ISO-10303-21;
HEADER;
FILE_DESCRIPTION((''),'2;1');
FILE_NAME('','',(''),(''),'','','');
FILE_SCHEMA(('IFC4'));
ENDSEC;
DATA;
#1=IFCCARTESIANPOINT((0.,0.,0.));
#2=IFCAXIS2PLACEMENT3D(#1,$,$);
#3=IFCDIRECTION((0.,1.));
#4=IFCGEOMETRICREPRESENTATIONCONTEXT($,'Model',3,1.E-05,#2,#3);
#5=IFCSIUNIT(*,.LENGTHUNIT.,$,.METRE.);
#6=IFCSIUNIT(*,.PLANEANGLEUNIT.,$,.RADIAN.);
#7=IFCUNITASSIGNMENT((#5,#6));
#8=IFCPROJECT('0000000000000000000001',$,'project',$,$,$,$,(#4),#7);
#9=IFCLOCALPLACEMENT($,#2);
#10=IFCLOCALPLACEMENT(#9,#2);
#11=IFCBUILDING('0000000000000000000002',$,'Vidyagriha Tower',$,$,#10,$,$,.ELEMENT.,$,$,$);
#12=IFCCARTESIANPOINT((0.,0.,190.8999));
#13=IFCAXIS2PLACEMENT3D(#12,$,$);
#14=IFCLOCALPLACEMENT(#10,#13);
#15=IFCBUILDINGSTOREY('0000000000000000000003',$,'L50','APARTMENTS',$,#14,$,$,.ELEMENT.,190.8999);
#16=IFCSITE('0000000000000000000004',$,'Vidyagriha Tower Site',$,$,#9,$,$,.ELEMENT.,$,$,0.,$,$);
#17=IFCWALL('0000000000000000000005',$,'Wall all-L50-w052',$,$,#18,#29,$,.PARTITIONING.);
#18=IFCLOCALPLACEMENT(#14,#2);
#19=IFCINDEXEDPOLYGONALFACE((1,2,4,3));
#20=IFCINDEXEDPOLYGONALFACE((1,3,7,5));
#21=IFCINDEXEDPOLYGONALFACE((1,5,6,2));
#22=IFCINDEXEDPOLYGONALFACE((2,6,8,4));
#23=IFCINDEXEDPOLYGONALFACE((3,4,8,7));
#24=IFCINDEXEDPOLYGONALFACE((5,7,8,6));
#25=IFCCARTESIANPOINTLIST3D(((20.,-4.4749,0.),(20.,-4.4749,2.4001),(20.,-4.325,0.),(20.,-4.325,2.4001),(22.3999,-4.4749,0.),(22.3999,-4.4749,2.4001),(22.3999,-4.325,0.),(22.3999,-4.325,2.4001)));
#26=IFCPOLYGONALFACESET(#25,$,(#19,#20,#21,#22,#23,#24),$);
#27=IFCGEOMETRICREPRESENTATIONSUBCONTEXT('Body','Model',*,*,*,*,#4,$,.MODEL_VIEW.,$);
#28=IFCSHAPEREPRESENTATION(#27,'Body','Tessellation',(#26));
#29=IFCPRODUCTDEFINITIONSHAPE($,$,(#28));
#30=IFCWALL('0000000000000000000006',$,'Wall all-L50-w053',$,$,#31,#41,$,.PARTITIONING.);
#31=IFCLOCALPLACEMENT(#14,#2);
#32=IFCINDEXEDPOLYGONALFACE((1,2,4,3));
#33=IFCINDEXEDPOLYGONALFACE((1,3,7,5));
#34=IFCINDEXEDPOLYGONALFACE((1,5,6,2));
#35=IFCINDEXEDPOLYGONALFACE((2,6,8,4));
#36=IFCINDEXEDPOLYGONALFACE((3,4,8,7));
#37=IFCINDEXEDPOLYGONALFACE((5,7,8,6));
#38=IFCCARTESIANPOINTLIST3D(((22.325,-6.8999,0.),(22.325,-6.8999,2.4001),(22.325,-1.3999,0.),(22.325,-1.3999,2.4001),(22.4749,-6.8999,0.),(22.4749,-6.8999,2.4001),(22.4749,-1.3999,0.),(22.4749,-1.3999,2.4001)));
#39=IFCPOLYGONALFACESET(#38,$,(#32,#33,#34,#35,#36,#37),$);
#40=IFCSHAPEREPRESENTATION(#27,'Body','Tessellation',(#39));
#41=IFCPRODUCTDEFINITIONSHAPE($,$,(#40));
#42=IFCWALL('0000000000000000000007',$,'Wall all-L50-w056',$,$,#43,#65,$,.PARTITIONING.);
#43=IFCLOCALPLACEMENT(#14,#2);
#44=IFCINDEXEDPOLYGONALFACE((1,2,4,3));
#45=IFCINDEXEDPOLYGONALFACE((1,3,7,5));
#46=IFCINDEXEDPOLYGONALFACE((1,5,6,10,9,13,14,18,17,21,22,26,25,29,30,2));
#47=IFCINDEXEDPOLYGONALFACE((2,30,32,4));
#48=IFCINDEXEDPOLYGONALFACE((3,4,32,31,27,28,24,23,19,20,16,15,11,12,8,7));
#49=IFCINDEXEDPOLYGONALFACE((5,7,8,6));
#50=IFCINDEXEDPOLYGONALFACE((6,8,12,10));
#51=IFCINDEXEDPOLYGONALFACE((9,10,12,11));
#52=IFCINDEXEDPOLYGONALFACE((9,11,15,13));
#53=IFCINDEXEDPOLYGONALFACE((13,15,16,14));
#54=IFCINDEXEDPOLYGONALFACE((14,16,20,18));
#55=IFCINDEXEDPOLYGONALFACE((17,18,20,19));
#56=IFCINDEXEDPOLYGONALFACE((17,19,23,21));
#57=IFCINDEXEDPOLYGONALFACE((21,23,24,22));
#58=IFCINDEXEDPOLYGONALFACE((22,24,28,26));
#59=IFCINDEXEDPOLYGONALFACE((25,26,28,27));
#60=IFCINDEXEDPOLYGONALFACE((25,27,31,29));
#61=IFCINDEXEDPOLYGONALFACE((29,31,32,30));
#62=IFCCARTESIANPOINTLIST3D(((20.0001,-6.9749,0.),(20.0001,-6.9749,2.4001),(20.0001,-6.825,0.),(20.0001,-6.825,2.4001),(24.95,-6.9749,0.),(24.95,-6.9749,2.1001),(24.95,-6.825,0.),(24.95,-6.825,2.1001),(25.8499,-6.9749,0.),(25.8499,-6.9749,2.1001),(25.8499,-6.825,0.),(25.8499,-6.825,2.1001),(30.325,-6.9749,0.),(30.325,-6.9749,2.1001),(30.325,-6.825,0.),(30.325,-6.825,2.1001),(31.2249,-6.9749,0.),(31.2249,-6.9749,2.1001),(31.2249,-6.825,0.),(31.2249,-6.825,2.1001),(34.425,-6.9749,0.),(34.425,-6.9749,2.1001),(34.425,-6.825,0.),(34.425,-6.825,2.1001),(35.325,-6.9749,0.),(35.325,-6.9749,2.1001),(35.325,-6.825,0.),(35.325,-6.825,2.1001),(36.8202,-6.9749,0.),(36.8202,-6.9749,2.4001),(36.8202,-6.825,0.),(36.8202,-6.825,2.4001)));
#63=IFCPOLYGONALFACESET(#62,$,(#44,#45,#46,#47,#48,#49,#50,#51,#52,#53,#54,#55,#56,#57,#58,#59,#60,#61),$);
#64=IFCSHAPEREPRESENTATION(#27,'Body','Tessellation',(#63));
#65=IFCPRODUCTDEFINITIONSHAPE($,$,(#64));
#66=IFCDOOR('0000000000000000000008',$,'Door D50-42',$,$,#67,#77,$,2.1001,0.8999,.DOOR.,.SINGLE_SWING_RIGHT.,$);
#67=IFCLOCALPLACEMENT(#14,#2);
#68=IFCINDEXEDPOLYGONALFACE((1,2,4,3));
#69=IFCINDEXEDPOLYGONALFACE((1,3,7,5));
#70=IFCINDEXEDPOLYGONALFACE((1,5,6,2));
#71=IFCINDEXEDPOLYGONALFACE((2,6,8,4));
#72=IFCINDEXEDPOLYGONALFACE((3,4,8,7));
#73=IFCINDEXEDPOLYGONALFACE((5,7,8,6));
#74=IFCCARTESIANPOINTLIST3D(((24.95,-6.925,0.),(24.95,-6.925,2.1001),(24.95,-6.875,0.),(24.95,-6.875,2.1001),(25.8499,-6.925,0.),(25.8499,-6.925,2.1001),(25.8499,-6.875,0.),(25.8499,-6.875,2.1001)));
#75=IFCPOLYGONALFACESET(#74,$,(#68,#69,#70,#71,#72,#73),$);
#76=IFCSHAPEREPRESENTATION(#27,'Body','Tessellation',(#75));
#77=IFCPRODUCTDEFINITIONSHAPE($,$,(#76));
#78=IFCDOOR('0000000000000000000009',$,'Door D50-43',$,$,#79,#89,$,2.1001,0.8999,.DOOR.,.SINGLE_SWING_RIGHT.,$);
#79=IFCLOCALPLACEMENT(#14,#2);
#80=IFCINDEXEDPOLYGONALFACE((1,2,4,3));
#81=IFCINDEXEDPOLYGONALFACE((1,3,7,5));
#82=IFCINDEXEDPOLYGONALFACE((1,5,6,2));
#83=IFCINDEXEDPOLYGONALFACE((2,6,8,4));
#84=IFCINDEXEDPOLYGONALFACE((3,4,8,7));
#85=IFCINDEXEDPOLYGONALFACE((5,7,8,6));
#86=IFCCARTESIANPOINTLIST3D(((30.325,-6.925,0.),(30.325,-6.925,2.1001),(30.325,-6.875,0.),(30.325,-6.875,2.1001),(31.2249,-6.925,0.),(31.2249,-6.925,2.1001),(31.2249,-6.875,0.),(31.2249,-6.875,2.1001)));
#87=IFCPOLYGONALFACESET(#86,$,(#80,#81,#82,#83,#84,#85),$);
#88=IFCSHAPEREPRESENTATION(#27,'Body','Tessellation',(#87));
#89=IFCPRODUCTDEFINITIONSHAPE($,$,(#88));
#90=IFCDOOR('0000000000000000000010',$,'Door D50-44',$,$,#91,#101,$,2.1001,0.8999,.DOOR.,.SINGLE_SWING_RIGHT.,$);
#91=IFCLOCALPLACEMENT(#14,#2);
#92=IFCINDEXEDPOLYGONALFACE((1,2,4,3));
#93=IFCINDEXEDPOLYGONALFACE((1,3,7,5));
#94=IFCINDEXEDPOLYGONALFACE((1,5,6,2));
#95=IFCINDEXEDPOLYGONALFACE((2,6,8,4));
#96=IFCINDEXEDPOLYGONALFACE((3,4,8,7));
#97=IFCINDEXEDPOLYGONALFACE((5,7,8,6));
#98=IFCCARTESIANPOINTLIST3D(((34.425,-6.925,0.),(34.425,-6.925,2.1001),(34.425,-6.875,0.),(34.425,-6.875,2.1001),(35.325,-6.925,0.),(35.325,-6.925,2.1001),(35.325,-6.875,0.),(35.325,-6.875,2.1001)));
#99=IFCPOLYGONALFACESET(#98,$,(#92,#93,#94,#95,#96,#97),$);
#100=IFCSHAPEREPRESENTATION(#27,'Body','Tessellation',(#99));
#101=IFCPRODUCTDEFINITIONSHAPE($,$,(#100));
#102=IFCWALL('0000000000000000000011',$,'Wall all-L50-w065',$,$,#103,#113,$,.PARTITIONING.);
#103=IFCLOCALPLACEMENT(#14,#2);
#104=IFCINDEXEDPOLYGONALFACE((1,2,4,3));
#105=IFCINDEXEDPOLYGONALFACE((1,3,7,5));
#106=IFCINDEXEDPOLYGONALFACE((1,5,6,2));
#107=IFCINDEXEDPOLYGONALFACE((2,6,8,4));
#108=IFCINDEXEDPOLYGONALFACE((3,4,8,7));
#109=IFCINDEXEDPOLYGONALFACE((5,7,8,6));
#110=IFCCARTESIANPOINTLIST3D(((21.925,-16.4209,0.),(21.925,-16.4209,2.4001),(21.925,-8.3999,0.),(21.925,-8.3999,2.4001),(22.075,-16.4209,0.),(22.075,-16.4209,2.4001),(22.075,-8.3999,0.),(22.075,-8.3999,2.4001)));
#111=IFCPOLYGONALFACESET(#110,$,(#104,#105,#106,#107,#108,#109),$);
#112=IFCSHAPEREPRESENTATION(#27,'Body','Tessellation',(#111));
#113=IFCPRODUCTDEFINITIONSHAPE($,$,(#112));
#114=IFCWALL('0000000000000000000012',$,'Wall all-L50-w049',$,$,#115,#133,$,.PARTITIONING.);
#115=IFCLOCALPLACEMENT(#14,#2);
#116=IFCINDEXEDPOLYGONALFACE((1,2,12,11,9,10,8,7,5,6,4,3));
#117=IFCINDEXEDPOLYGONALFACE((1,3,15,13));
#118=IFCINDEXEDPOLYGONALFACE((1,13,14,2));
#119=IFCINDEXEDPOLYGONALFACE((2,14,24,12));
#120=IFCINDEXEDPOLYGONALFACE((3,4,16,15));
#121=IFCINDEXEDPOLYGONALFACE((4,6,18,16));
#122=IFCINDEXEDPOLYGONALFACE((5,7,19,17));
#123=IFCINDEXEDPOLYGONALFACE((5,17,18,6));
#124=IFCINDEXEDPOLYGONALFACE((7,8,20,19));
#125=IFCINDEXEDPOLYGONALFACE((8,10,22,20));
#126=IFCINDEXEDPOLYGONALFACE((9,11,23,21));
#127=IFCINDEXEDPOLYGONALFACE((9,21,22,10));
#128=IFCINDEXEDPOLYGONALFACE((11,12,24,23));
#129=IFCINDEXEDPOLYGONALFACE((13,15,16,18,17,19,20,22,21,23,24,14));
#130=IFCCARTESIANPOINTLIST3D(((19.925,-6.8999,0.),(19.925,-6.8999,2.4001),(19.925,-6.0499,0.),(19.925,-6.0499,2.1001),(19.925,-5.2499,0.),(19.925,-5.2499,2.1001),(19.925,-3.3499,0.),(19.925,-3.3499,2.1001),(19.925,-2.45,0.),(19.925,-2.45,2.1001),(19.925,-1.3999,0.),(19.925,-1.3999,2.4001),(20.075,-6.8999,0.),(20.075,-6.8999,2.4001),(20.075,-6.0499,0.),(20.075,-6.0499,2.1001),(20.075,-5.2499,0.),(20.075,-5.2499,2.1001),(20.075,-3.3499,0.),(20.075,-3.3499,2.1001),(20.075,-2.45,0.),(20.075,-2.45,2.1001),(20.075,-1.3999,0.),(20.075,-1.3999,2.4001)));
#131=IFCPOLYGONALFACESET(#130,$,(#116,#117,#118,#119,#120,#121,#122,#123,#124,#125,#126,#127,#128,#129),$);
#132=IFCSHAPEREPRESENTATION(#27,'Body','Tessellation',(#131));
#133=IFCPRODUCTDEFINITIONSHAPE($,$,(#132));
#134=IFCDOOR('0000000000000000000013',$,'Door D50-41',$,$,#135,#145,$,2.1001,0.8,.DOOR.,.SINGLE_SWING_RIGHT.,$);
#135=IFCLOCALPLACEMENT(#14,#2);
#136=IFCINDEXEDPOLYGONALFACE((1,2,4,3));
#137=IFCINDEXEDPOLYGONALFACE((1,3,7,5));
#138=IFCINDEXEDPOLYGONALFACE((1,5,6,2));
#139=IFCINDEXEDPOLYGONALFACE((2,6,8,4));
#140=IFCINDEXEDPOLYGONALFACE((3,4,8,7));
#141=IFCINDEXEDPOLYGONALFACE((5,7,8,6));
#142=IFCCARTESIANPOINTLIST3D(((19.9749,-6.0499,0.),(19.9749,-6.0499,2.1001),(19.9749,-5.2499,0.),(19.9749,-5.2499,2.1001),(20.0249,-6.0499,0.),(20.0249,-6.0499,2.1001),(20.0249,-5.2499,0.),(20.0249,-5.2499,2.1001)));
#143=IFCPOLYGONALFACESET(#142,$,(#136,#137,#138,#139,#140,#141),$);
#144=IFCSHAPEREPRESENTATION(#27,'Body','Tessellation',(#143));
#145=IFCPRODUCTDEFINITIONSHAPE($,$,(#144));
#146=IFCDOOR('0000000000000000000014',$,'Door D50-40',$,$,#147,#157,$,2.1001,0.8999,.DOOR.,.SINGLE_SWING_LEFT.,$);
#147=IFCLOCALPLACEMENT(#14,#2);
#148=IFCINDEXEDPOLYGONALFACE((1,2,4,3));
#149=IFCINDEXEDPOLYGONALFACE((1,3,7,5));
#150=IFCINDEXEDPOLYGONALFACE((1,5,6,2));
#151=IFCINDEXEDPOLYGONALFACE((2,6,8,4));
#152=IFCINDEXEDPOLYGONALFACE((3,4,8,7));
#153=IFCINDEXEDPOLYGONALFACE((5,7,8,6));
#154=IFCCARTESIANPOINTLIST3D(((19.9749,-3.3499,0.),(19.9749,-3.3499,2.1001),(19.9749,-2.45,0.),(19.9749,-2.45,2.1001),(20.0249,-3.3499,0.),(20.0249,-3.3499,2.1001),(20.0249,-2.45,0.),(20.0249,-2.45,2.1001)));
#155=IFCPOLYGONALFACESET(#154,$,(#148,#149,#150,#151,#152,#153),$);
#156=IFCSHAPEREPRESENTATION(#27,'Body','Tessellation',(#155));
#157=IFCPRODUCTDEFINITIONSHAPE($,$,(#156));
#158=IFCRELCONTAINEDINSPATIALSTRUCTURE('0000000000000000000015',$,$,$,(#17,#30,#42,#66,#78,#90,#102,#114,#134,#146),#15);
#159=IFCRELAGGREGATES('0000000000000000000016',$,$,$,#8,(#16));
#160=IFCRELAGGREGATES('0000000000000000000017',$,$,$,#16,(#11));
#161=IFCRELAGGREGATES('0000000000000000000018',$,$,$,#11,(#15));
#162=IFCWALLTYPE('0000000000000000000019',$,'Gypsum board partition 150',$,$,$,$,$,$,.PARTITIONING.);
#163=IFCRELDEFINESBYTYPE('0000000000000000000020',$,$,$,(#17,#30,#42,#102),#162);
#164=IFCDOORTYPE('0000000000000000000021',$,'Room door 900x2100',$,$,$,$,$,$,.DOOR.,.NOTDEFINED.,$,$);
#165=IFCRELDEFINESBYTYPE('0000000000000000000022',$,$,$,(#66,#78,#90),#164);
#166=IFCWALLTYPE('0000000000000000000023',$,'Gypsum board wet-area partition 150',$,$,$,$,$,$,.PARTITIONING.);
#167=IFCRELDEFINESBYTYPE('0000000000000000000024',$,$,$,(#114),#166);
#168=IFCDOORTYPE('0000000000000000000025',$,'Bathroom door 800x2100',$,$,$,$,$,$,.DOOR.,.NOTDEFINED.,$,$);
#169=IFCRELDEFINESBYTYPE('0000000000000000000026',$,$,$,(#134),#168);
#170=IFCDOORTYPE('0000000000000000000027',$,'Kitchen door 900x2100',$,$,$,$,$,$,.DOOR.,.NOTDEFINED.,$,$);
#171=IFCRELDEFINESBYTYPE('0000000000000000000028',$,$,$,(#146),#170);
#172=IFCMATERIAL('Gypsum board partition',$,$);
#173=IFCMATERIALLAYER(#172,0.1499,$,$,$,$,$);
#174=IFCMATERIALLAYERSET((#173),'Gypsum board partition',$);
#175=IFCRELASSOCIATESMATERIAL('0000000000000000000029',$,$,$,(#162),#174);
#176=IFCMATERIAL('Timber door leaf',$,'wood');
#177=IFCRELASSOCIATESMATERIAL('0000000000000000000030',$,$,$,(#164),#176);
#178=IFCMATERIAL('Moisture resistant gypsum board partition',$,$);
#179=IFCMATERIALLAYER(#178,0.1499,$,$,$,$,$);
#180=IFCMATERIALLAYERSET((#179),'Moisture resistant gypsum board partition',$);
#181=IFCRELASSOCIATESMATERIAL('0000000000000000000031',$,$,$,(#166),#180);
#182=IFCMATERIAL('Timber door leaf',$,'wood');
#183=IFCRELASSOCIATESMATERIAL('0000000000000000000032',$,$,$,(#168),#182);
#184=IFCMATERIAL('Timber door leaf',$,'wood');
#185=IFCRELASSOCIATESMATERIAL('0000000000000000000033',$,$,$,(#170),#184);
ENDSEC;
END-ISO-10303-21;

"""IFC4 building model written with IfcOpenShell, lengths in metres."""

from ifc_helpers import new_model, si_unit, direction, frame, frame_2d, origin, place, context, subcontext, project, spatial, rectangle, extrude, material, layer, layer_set, type_object, element, fill, save


model = new_model("IFC4")

# Units and contexts
model_context = context("Model", 3, precision=1e-05, world=origin(), true_north=direction((0.0, 1.0)))
body_context = subcontext(model_context, "Body", "Model", "MODEL_VIEW")
ifc_project = project(units=[si_unit("LENGTHUNIT", "METRE"), si_unit("PLANEANGLEUNIT", "RADIAN")], contexts=[model_context])

# Site, building, storey
site_placement = place(None, origin())
site = spatial("IfcSite", under=ifc_project, at=site_placement, Name="Vidyagriha Tower Site", CompositionType="ELEMENT", RefElevation=0.0)
building_placement = place(site_placement, origin())
building = spatial("IfcBuilding", under=site, at=building_placement, Name="Vidyagriha Tower", CompositionType="ELEMENT")
storey_placement = place(building_placement, frame((0.0, 0.0, 190.8999)))
storey = spatial("IfcBuildingStorey", under=building, at=storey_placement, Name="L50", Description="APARTMENTS", CompositionType="ELEMENT", Elevation=190.8999)

# Shared definitions
ifc_material_1 = material(Name="Gypsum board partition")
ifc_layer_1 = layer(ifc_material_1, 0.1499)
ifc_layer_set_1 = layer_set([ifc_layer_1], Name="Gypsum board partition")
wall_type_1 = type_object("IfcWallType", Name="Gypsum board partition 150", PredefinedType="PARTITIONING", material=ifc_layer_set_1)

# Walls
wall_1_placement = place(storey_placement, frame((22.3999, -4.3999, 0.0), z_axis=(0.0, 0.0, 1.0), x_axis=(-1.0, 0.0, 0.0)))
element("IfcWall", 1, at=wall_1_placement, inside=storey, type_object=wall_type_1, Name="Wall all-L50-w052", PredefinedType="PARTITIONING", context=body_context, shape_type="SweptSolid", body=[
    extrude(rectangle(XDim=2.3999, YDim=0.1499, at=frame_2d((1.2, 0.0))), origin(), (0.0, 0.0, 1.0), 2.4001),
])
wall_2_placement = place(storey_placement, frame((22.3999, -1.3999, 0.0), z_axis=(0.0, 0.0, 1.0), x_axis=(0.0, -1.0, 0.0)))
element("IfcWall", 2, at=wall_2_placement, inside=storey, type_object=wall_type_1, Name="Wall all-L50-w053", PredefinedType="PARTITIONING", context=body_context, shape_type="SweptSolid", body=[
    extrude(rectangle(XDim=5.5, YDim=0.1499, at=frame_2d((2.75, 0.0))), origin(), (0.0, 0.0, 1.0), 2.4001),
])

# Wall, openings, doors
wall_3_placement = place(storey_placement, frame((20.0, -6.8999, 0.0)))
wall_3 = element("IfcWall", 3, at=wall_3_placement, inside=storey, type_object=wall_type_1, Name="Wall all-L50-w056", PredefinedType="PARTITIONING", context=body_context, shape_type="SweptSolid", body=[
    extrude(rectangle(XDim=16.8201, YDim=0.1499, at=frame_2d((8.4102, 0.0))), origin(), (0.0, 0.0, 1.0), 2.4001),
])
opening_1_placement = place(wall_3_placement, frame((4.95, 0.0, 0.0)))
opening_1 = element("IfcOpeningElement", 4, at=opening_1_placement, cuts=wall_3, PredefinedType="OPENING", context=body_context, shape_type="SweptSolid", body=[
    extrude(rectangle(XDim=0.8999, YDim=2.1001, at=frame_2d((0.45, 1.05))), frame((0.0, 0.085, 0.0), z_axis=(0.0, -1.0, 0.0), x_axis=(1.0, 0.0, 0.0)), (0.0, 0.0, 1.0), 0.1699),
])
opening_2_placement = place(wall_3_placement, frame((10.325, 0.0, 0.0)))
opening_2 = element("IfcOpeningElement", 5, at=opening_2_placement, cuts=wall_3, PredefinedType="OPENING", context=body_context, shape_type="SweptSolid", body=[
    extrude(rectangle(XDim=0.8999, YDim=2.1001, at=frame_2d((0.45, 1.05))), frame((0.0, 0.085, 0.0), z_axis=(0.0, -1.0, 0.0), x_axis=(1.0, 0.0, 0.0)), (0.0, 0.0, 1.0), 0.1699),
])
opening_3_placement = place(wall_3_placement, frame((14.425, 0.0, 0.0)))
opening_3 = element("IfcOpeningElement", 6, at=opening_3_placement, cuts=wall_3, PredefinedType="OPENING", context=body_context, shape_type="SweptSolid", body=[
    extrude(rectangle(XDim=0.8999, YDim=2.1001, at=frame_2d((0.45, 1.05))), frame((0.0, 0.085, 0.0), z_axis=(0.0, -1.0, 0.0), x_axis=(1.0, 0.0, 0.0)), (0.0, 0.0, 1.0), 0.1699),
])
ifc_material_2 = material(Name="Timber door leaf", Category="wood")
door_type_1 = type_object("IfcDoorType", Name="Room door 900x2100", OperationType="NOTDEFINED", PredefinedType="DOOR", material=ifc_material_2)
door_1_placement = place(opening_1_placement, origin())
door_1 = element("IfcDoor", 7, at=door_1_placement, inside=storey, type_object=door_type_1, Name="Door D50-42", OperationType="SINGLE_SWING_RIGHT", OverallHeight=2.1001, OverallWidth=0.8999, PredefinedType="DOOR", context=body_context, shape_type="SweptSolid", body=[
    extrude(rectangle(XDim=0.8999, YDim=2.1001, at=frame_2d((0.45, 1.05))), frame((0.0, 0.0249, 0.0), z_axis=(0.0, -1.0, 0.0), x_axis=(1.0, 0.0, 0.0)), (0.0, 0.0, 1.0), 0.05),
])
fill(opening_1, door_1)
door_2_placement = place(opening_2_placement, origin())
door_2 = element("IfcDoor", 8, at=door_2_placement, inside=storey, type_object=door_type_1, Name="Door D50-43", OperationType="SINGLE_SWING_RIGHT", OverallHeight=2.1001, OverallWidth=0.8999, PredefinedType="DOOR", context=body_context, shape_type="SweptSolid", body=[
    extrude(rectangle(XDim=0.8999, YDim=2.1001, at=frame_2d((0.45, 1.05))), frame((0.0, 0.0249, 0.0), z_axis=(0.0, -1.0, 0.0), x_axis=(1.0, 0.0, 0.0)), (0.0, 0.0, 1.0), 0.05),
])
fill(opening_2, door_2)
door_3_placement = place(opening_3_placement, origin())
door_3 = element("IfcDoor", 9, at=door_3_placement, inside=storey, type_object=door_type_1, Name="Door D50-44", OperationType="SINGLE_SWING_RIGHT", OverallHeight=2.1001, OverallWidth=0.8999, PredefinedType="DOOR", context=body_context, shape_type="SweptSolid", body=[
    extrude(rectangle(XDim=0.8999, YDim=2.1001, at=frame_2d((0.45, 1.05))), frame((0.0, 0.0249, 0.0), z_axis=(0.0, -1.0, 0.0), x_axis=(1.0, 0.0, 0.0)), (0.0, 0.0, 1.0), 0.05),
])
fill(opening_3, door_3)

# Wall
wall_4_placement = place(storey_placement, frame((22.0, -8.3999, 0.0), z_axis=(0.0, 0.0, 1.0), x_axis=(0.0, -1.0, 0.0)))
element("IfcWall", 10, at=wall_4_placement, inside=storey, type_object=wall_type_1, Name="Wall all-L50-w065", PredefinedType="PARTITIONING", context=body_context, shape_type="SweptSolid", body=[
    extrude(rectangle(XDim=8.021, YDim=0.1499, at=frame_2d((4.0105, 0.0))), origin(), (0.0, 0.0, 1.0), 2.4001),
])

# Wall, openings, doors
ifc_material_3 = material(Name="Moisture resistant gypsum board partition")
ifc_layer_2 = layer(ifc_material_3, 0.1499)
ifc_layer_set_2 = layer_set([ifc_layer_2], Name="Moisture resistant gypsum board partition")
wall_type_2 = type_object("IfcWallType", Name="Gypsum board wet-area partition 150", PredefinedType="PARTITIONING", material=ifc_layer_set_2)
wall_5_placement = place(storey_placement, frame((20.0, -1.3999, 0.0), z_axis=(0.0, 0.0, 1.0), x_axis=(0.0, -1.0, 0.0)))
wall_5 = element("IfcWall", 11, at=wall_5_placement, inside=storey, type_object=wall_type_2, Name="Wall all-L50-w049", PredefinedType="PARTITIONING", context=body_context, shape_type="SweptSolid", body=[
    extrude(rectangle(XDim=5.5, YDim=0.1499, at=frame_2d((2.75, 0.0))), origin(), (0.0, 0.0, 1.0), 2.4001),
])
opening_4_placement = place(wall_5_placement, frame((1.05, 0.0, 0.0)))
opening_4 = element("IfcOpeningElement", 12, at=opening_4_placement, cuts=wall_5, PredefinedType="OPENING", context=body_context, shape_type="SweptSolid", body=[
    extrude(rectangle(XDim=0.8999, YDim=2.1001, at=frame_2d((0.45, 1.05))), frame((0.0, 0.085, 0.0), z_axis=(0.0, -1.0, 0.0), x_axis=(1.0, 0.0, 0.0)), (0.0, 0.0, 1.0), 0.1699),
])
opening_5_placement = place(wall_5_placement, frame((3.8501, 0.0, 0.0)))
opening_5 = element("IfcOpeningElement", 13, at=opening_5_placement, cuts=wall_5, PredefinedType="OPENING", context=body_context, shape_type="SweptSolid", body=[
    extrude(rectangle(XDim=0.8, YDim=2.1001, at=frame_2d((0.3999, 1.05))), frame((0.0, 0.085, 0.0), z_axis=(0.0, -1.0, 0.0), x_axis=(1.0, 0.0, 0.0)), (0.0, 0.0, 1.0), 0.1699),
])
ifc_material_4 = material(Name="Timber door leaf", Category="wood")
door_type_2 = type_object("IfcDoorType", Name="Bathroom door 800x2100", OperationType="NOTDEFINED", PredefinedType="DOOR", material=ifc_material_4)
door_4_placement = place(opening_5_placement, origin())
door_4 = element("IfcDoor", 14, at=door_4_placement, inside=storey, type_object=door_type_2, Name="Door D50-41", OperationType="SINGLE_SWING_RIGHT", OverallHeight=2.1001, OverallWidth=0.8, PredefinedType="DOOR", context=body_context, shape_type="SweptSolid", body=[
    extrude(rectangle(XDim=0.8, YDim=2.1001, at=frame_2d((0.3999, 1.05))), frame((0.0, 0.0249, 0.0), z_axis=(0.0, -1.0, 0.0), x_axis=(1.0, 0.0, 0.0)), (0.0, 0.0, 1.0), 0.05),
])
fill(opening_5, door_4)
ifc_material_5 = material(Name="Timber door leaf", Category="wood")
door_type_3 = type_object("IfcDoorType", Name="Kitchen door 900x2100", OperationType="NOTDEFINED", PredefinedType="DOOR", material=ifc_material_5)
door_5_placement = place(opening_4_placement, origin())
door_5 = element("IfcDoor", 15, at=door_5_placement, inside=storey, type_object=door_type_3, Name="Door D50-40", OperationType="SINGLE_SWING_LEFT", OverallHeight=2.1001, OverallWidth=0.8999, PredefinedType="DOOR", context=body_context, shape_type="SweptSolid", body=[
    extrude(rectangle(XDim=0.8999, YDim=2.1001, at=frame_2d((0.45, 1.05))), frame((0.0, 0.0249, 0.0), z_axis=(0.0, -1.0, 0.0), x_axis=(1.0, 0.0, 0.0)), (0.0, 0.0, 1.0), 0.05),
])
fill(opening_4, door_5)

save(model, "model.ifc")
